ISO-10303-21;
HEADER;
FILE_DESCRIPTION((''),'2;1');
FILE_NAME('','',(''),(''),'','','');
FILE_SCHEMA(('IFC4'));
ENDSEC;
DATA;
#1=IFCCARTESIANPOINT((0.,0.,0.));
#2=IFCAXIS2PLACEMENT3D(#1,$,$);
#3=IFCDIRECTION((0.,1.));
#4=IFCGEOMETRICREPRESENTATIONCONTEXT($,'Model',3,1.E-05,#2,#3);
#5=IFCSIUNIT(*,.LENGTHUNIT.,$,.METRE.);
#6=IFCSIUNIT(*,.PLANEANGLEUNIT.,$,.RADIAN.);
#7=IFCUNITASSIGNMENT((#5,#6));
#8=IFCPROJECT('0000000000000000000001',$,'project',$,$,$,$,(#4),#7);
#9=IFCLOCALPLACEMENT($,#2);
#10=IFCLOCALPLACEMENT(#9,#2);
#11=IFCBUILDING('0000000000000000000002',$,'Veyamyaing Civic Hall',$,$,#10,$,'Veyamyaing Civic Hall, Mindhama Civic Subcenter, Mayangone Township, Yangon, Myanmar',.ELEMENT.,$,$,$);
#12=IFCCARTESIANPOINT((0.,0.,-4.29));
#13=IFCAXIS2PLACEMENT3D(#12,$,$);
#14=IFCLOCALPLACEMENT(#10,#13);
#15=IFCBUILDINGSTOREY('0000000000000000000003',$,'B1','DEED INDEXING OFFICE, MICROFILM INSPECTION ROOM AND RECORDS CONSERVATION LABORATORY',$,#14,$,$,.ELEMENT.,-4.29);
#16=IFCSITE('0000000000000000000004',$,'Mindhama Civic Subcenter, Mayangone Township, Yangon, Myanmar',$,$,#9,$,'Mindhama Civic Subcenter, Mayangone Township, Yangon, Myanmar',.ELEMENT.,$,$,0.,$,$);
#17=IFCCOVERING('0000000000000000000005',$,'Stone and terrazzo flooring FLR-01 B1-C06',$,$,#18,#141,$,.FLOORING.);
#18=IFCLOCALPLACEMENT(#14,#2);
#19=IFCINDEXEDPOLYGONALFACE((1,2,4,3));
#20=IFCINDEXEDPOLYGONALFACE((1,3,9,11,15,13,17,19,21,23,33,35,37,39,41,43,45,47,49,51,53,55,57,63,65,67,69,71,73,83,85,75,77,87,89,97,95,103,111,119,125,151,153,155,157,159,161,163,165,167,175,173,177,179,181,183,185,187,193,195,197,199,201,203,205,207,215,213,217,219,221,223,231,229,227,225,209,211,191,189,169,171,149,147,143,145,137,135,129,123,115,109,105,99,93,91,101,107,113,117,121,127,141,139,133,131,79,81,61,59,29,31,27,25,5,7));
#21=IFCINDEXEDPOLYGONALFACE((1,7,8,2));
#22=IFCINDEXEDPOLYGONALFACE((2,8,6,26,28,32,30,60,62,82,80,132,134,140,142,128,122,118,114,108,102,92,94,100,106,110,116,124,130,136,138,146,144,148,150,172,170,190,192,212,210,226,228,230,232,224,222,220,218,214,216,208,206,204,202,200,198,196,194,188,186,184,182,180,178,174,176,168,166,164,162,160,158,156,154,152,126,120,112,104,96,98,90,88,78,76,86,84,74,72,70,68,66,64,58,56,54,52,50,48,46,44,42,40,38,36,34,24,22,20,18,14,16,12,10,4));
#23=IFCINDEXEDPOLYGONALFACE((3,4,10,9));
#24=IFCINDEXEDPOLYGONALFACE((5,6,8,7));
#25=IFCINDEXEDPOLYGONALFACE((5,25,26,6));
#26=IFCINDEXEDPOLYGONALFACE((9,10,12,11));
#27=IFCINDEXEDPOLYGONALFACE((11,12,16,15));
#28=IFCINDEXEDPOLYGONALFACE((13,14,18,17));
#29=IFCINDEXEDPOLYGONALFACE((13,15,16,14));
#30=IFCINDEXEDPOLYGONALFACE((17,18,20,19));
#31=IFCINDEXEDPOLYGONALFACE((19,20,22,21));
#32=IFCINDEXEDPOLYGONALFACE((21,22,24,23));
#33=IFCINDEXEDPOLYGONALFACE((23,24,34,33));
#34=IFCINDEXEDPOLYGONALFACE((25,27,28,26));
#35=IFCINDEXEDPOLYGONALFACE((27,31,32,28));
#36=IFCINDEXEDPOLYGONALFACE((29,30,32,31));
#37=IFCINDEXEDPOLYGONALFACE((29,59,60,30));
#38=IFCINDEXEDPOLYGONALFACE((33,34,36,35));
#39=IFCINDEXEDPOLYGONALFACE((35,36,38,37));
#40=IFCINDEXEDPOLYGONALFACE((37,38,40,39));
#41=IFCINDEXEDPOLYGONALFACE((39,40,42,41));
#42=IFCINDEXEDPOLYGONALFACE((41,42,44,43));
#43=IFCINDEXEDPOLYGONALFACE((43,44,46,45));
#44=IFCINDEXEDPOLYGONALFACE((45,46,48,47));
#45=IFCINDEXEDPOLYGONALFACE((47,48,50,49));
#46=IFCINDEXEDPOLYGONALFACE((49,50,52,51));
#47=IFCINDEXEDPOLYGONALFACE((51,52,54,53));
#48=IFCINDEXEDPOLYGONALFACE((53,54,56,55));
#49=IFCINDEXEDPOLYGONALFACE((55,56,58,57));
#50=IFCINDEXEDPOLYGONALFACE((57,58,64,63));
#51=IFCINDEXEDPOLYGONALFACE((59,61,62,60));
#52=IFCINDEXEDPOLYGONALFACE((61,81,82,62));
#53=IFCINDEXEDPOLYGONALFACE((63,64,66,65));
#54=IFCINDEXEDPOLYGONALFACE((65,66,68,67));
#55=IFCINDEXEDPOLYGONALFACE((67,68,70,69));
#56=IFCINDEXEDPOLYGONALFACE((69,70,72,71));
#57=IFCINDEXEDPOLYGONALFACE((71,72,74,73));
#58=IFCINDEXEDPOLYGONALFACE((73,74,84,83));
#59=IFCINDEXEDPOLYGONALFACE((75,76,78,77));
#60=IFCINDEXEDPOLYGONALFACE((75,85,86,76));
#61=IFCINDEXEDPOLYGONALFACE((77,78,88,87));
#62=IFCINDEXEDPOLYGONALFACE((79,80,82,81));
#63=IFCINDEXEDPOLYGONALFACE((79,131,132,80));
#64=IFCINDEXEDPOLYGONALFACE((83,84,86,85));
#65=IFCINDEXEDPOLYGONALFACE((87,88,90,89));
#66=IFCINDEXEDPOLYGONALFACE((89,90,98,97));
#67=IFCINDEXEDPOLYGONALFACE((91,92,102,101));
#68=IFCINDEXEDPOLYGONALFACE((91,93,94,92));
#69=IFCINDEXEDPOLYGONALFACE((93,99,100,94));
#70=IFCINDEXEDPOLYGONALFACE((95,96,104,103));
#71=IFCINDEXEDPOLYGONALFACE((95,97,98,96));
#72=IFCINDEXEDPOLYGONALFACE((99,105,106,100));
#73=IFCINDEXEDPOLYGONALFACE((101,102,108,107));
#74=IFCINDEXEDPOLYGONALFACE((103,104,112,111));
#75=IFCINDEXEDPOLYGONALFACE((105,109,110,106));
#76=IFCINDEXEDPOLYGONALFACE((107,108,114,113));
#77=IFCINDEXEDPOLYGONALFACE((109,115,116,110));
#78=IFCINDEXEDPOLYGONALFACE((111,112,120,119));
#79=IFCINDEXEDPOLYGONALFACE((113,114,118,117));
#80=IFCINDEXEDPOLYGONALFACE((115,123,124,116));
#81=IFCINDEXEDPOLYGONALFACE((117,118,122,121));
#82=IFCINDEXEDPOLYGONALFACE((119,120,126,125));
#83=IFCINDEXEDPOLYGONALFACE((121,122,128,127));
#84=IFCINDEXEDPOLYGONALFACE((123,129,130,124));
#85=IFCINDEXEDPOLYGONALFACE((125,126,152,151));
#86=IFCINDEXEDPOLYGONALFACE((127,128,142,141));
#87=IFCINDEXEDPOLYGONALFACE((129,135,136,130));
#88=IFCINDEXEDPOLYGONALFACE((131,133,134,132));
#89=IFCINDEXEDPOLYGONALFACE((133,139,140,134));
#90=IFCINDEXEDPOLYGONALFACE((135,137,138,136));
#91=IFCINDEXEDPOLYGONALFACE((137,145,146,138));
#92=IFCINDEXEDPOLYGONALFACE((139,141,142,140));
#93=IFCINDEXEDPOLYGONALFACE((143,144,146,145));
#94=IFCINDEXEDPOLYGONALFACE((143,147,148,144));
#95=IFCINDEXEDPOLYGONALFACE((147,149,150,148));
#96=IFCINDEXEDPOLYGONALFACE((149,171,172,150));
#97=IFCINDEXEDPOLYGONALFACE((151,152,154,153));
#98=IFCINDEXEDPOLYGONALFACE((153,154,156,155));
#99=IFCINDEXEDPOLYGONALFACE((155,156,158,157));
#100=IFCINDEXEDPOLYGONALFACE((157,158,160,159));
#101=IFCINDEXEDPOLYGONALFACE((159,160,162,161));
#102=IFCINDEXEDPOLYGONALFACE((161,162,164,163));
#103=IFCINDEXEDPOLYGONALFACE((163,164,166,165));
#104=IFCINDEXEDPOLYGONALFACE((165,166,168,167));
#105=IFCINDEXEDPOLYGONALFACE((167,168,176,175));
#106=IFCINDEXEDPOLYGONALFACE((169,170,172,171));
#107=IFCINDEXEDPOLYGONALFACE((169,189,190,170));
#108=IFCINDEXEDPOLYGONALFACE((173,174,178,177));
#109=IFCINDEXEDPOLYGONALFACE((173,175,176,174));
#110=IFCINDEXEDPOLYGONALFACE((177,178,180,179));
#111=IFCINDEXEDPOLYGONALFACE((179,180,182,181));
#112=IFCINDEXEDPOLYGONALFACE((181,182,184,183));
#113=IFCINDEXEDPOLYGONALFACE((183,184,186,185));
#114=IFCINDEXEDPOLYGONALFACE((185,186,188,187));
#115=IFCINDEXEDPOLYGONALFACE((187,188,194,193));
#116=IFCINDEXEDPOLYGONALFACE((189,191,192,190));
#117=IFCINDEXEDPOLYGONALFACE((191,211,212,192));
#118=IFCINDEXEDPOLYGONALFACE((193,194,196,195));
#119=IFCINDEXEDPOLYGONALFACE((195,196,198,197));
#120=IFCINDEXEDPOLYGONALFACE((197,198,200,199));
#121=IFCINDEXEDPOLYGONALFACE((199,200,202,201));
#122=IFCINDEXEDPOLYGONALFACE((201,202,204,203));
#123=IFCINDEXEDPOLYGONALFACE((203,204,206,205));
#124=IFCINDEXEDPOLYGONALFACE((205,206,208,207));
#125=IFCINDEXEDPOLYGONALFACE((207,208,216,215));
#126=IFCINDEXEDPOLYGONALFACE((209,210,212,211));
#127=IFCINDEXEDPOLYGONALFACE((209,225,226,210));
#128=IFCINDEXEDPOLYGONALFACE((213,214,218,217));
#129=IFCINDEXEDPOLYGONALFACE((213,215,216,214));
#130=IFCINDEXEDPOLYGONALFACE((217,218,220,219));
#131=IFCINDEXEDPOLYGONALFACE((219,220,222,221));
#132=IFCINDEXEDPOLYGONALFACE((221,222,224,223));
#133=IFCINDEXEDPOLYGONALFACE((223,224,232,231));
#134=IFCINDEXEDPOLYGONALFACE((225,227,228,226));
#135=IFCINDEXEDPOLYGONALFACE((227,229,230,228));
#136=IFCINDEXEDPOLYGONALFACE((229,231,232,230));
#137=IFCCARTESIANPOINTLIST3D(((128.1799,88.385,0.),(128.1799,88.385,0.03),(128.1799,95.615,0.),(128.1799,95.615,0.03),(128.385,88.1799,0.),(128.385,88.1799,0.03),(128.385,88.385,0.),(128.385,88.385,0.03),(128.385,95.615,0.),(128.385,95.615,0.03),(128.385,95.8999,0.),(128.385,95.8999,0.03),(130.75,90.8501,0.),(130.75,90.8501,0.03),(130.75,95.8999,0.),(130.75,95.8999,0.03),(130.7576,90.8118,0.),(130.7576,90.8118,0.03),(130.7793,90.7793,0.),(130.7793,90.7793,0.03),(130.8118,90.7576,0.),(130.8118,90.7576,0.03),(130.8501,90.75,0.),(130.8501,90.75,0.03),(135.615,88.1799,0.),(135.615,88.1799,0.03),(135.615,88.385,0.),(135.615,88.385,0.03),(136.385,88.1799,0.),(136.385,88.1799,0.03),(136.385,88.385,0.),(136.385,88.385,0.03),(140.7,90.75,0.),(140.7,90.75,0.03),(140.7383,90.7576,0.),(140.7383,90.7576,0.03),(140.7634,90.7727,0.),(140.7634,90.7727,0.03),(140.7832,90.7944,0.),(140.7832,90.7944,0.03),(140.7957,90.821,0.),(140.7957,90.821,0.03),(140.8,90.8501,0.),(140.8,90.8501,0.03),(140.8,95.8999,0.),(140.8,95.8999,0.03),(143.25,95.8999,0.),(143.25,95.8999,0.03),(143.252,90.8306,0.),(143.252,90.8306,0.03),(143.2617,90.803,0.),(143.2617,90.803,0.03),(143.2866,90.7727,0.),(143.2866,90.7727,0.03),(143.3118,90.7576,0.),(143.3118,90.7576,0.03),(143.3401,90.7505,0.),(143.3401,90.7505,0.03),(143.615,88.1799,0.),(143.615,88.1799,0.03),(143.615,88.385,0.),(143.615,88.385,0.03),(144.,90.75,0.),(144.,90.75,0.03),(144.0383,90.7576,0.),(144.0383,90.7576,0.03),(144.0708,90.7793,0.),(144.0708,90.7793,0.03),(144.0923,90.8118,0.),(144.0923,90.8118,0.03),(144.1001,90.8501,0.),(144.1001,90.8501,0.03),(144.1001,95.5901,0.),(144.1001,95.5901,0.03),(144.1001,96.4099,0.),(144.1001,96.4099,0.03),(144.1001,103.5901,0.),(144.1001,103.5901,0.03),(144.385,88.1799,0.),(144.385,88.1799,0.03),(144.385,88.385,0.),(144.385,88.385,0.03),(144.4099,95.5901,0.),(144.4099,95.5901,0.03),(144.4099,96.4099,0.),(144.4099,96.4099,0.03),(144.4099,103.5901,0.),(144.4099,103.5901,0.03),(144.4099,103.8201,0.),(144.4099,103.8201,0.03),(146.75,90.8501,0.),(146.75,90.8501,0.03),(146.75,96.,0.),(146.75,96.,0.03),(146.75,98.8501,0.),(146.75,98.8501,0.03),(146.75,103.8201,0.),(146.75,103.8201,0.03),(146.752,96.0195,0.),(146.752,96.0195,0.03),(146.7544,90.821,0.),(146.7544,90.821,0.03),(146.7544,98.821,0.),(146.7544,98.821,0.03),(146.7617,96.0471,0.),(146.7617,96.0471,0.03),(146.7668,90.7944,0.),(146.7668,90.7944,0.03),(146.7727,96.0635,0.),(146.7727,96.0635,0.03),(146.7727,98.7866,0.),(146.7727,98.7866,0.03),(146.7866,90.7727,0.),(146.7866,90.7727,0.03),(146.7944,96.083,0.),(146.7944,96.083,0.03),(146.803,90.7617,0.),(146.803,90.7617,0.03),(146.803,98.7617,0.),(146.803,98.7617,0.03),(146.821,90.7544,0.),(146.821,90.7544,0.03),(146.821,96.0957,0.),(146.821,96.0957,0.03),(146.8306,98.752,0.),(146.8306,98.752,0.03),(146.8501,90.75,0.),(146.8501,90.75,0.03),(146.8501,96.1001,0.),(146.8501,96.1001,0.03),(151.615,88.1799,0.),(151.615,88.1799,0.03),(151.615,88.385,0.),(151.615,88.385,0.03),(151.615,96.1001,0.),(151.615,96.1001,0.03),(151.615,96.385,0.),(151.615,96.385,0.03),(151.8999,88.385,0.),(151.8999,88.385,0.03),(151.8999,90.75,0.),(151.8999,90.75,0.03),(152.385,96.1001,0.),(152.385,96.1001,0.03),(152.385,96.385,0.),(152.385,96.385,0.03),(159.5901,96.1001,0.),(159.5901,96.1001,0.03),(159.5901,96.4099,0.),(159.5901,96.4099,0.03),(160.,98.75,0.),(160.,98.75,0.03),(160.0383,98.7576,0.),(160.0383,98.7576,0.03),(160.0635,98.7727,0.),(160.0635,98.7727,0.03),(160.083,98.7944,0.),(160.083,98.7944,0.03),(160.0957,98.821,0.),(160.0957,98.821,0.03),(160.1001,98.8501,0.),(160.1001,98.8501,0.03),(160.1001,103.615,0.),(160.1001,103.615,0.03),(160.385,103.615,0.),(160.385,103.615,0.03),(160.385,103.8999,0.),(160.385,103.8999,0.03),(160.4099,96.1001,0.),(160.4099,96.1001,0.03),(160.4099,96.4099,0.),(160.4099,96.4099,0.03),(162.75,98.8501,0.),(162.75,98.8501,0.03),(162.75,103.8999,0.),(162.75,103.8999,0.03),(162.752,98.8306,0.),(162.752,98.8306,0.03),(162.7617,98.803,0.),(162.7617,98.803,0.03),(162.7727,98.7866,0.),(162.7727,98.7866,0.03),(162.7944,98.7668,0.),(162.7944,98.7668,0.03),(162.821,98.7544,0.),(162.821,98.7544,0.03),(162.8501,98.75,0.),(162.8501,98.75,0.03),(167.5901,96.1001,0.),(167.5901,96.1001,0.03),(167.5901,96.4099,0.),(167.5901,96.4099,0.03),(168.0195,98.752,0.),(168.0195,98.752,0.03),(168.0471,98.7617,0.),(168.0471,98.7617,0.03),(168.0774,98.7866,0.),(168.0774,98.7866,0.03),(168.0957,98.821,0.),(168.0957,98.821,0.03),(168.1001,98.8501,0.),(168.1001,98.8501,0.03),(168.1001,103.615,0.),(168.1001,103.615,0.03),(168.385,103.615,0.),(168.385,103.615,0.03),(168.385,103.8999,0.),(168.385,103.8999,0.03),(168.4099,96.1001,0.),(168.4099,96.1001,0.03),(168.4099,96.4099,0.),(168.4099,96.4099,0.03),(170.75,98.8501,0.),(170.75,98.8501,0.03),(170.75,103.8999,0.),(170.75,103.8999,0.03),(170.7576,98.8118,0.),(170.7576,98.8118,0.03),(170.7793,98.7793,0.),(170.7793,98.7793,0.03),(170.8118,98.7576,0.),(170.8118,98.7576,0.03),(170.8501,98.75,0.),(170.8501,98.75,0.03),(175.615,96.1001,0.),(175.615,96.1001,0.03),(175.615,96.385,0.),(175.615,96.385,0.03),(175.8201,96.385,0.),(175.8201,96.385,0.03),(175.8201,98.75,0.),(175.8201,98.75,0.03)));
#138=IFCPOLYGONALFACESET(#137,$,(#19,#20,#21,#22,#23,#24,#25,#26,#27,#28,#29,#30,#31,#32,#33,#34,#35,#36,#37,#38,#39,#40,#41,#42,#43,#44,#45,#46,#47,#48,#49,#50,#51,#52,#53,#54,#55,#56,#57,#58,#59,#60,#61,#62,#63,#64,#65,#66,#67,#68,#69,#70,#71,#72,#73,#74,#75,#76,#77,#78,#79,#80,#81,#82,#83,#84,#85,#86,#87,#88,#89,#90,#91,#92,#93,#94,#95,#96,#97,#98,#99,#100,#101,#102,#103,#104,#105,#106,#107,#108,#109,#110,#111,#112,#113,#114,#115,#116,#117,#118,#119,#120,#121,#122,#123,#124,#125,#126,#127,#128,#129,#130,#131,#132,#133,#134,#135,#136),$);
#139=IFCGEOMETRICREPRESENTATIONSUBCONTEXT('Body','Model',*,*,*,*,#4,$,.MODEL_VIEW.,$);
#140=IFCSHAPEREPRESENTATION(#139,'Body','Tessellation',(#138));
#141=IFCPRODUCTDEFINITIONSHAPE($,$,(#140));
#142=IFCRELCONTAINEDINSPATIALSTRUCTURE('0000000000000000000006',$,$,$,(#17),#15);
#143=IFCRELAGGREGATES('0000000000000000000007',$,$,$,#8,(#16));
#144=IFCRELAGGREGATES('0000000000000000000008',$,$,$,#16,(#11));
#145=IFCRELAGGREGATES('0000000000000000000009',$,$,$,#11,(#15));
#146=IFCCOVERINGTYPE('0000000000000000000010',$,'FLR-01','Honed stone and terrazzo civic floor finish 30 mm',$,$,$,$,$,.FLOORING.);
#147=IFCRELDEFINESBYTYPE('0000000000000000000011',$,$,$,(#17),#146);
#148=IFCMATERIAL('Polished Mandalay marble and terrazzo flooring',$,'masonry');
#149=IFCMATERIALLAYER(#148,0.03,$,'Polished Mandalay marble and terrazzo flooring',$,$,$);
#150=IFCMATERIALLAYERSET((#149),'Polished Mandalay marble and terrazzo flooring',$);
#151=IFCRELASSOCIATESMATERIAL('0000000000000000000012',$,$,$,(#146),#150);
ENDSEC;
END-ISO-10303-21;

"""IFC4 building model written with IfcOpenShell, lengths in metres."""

from ifc_helpers import new_model, si_unit, direction, frame, origin, place, context, subcontext, project, spatial, polyline, outline, extrude, material, layer, layer_set, type_object, element, save


model = new_model("IFC4")

# Units and contexts
model_context = context("Model", 3, precision=1e-05, world=origin(), true_north=direction((0.0, 1.0)))
body_context = subcontext(model_context, "Body", "Model", "MODEL_VIEW")
ifc_project = project(units=[si_unit("LENGTHUNIT", "METRE"), si_unit("PLANEANGLEUNIT", "RADIAN")], contexts=[model_context])

# Site, building, storey
site_placement = place(None, origin())
site = spatial("IfcSite", under=ifc_project, at=site_placement, Name="Mindhama Civic Subcenter, Mayangone Township, Yangon, Myanmar", LongName="Mindhama Civic Subcenter, Mayangone Township, Yangon, Myanmar", CompositionType="ELEMENT", RefElevation=0.0)
building_placement = place(site_placement, origin())
building = spatial("IfcBuilding", under=site, at=building_placement, Name="Veyamyaing Civic Hall", LongName="Veyamyaing Civic Hall, Mindhama Civic Subcenter, Mayangone Township, Yangon, Myanmar", CompositionType="ELEMENT")
storey_placement = place(building_placement, frame((0.0, 0.0, -4.29)))
storey = spatial("IfcBuildingStorey", under=building, at=storey_placement, Name="B1", Description="DEED INDEXING OFFICE, MICROFILM INSPECTION ROOM AND RECORDS CONSERVATION LABORATORY", CompositionType="ELEMENT", Elevation=-4.29)

# Covering
ifc_material_1 = material(Name="Polished Mandalay marble and terrazzo flooring", Category="masonry")
ifc_layer_1 = layer(ifc_material_1, 0.03, Name="Polished Mandalay marble and terrazzo flooring")
ifc_layer_set_1 = layer_set([ifc_layer_1], Name="Polished Mandalay marble and terrazzo flooring")
covering_type_1 = type_object("IfcCoveringType", Name="FLR-01", Description="Honed stone and terrazzo civic floor finish 30 mm", PredefinedType="FLOORING", material=ifc_layer_set_1)
covering_1_placement = place(storey_placement, origin())
element("IfcCovering", 1, at=covering_1_placement, inside=storey, type_object=covering_type_1, Name="Stone and terrazzo flooring FLR-01 B1-C06", PredefinedType="FLOORING", context=body_context, shape_type="SweptSolid", body=[
    extrude(outline(polyline([(130.75, 90.8501), (130.7576, 90.8118), (130.7793, 90.7793), (130.8118, 90.7576), (130.8501, 90.75), (140.7, 90.75), (140.7383, 90.7576), (140.7634, 90.7727), (140.7832, 90.7944), (140.7957, 90.821), (140.8, 90.8501), (140.8, 95.8999), (143.25, 95.8999), (143.252, 90.8306), (143.2617, 90.803), (143.2866, 90.7727), (143.3118, 90.7576), (143.3401, 90.7505), (144.0, 90.75), (144.0383, 90.7576), (144.0708, 90.7793), (144.0923, 90.8118), (144.1001, 90.8501), (144.1001, 95.5901), (144.4099, 95.5901), (144.4099, 96.4099), (144.1001, 96.4099), (144.1001, 103.5901), (144.4099, 103.5901), (144.4099, 103.8201), (146.75, 103.8201), (146.75, 98.8501), (146.7544, 98.821), (146.7727, 98.7866), (146.803, 98.7617), (146.8306, 98.752), (160.0, 98.75), (160.0383, 98.7576), (160.0635, 98.7727), (160.083, 98.7944), (160.0957, 98.821), (160.1001, 98.8501), (160.1001, 103.615), (160.385, 103.615), (160.385, 103.8999), (162.75, 103.8999), (162.75, 98.8501), (162.752, 98.8306), (162.7617, 98.803), (162.7727, 98.7866), (162.7944, 98.7668), (162.821, 98.7544), (162.8501, 98.75), (168.0195, 98.752), (168.0471, 98.7617), (168.0774, 98.7866), (168.0957, 98.821), (168.1001, 98.8501), (168.1001, 103.615), (168.385, 103.615), (168.385, 103.8999), (170.75, 103.8999), (170.75, 98.8501), (170.7576, 98.8118), (170.7793, 98.7793), (170.8118, 98.7576), (170.8501, 98.75), (175.8201, 98.75), (175.8201, 96.385), (175.615, 96.385), (175.615, 96.1001), (168.4099, 96.1001), (168.4099, 96.4099), (167.5901, 96.4099), (167.5901, 96.1001), (160.4099, 96.1001), (160.4099, 96.4099), (159.5901, 96.4099), (159.5901, 96.1001), (152.385, 96.1001), (152.385, 96.385), (151.615, 96.385), (151.615, 96.1001), (146.8501, 96.1001), (146.821, 96.0957), (146.7944, 96.083), (146.7727, 96.0635), (146.7617, 96.0471), (146.752, 96.0195), (146.75, 96.0), (146.75, 90.8501), (146.7544, 90.821), (146.7668, 90.7944), (146.7866, 90.7727), (146.803, 90.7617), (146.821, 90.7544), (146.8501, 90.75), (151.8999, 90.75), (151.8999, 88.385), (151.615, 88.385), (151.615, 88.1799), (144.385, 88.1799), (144.385, 88.385), (143.615, 88.385), (143.615, 88.1799), (136.385, 88.1799), (136.385, 88.385), (135.615, 88.385), (135.615, 88.1799), (128.385, 88.1799), (128.385, 88.385), (128.1799, 88.385), (128.1799, 95.615), (128.385, 95.615), (128.385, 95.8999), (130.75, 95.8999), (130.75, 90.8501)])), origin(), (0.0, 0.0, 1.0), 0.03),
])

save(model, "model.ifc")
